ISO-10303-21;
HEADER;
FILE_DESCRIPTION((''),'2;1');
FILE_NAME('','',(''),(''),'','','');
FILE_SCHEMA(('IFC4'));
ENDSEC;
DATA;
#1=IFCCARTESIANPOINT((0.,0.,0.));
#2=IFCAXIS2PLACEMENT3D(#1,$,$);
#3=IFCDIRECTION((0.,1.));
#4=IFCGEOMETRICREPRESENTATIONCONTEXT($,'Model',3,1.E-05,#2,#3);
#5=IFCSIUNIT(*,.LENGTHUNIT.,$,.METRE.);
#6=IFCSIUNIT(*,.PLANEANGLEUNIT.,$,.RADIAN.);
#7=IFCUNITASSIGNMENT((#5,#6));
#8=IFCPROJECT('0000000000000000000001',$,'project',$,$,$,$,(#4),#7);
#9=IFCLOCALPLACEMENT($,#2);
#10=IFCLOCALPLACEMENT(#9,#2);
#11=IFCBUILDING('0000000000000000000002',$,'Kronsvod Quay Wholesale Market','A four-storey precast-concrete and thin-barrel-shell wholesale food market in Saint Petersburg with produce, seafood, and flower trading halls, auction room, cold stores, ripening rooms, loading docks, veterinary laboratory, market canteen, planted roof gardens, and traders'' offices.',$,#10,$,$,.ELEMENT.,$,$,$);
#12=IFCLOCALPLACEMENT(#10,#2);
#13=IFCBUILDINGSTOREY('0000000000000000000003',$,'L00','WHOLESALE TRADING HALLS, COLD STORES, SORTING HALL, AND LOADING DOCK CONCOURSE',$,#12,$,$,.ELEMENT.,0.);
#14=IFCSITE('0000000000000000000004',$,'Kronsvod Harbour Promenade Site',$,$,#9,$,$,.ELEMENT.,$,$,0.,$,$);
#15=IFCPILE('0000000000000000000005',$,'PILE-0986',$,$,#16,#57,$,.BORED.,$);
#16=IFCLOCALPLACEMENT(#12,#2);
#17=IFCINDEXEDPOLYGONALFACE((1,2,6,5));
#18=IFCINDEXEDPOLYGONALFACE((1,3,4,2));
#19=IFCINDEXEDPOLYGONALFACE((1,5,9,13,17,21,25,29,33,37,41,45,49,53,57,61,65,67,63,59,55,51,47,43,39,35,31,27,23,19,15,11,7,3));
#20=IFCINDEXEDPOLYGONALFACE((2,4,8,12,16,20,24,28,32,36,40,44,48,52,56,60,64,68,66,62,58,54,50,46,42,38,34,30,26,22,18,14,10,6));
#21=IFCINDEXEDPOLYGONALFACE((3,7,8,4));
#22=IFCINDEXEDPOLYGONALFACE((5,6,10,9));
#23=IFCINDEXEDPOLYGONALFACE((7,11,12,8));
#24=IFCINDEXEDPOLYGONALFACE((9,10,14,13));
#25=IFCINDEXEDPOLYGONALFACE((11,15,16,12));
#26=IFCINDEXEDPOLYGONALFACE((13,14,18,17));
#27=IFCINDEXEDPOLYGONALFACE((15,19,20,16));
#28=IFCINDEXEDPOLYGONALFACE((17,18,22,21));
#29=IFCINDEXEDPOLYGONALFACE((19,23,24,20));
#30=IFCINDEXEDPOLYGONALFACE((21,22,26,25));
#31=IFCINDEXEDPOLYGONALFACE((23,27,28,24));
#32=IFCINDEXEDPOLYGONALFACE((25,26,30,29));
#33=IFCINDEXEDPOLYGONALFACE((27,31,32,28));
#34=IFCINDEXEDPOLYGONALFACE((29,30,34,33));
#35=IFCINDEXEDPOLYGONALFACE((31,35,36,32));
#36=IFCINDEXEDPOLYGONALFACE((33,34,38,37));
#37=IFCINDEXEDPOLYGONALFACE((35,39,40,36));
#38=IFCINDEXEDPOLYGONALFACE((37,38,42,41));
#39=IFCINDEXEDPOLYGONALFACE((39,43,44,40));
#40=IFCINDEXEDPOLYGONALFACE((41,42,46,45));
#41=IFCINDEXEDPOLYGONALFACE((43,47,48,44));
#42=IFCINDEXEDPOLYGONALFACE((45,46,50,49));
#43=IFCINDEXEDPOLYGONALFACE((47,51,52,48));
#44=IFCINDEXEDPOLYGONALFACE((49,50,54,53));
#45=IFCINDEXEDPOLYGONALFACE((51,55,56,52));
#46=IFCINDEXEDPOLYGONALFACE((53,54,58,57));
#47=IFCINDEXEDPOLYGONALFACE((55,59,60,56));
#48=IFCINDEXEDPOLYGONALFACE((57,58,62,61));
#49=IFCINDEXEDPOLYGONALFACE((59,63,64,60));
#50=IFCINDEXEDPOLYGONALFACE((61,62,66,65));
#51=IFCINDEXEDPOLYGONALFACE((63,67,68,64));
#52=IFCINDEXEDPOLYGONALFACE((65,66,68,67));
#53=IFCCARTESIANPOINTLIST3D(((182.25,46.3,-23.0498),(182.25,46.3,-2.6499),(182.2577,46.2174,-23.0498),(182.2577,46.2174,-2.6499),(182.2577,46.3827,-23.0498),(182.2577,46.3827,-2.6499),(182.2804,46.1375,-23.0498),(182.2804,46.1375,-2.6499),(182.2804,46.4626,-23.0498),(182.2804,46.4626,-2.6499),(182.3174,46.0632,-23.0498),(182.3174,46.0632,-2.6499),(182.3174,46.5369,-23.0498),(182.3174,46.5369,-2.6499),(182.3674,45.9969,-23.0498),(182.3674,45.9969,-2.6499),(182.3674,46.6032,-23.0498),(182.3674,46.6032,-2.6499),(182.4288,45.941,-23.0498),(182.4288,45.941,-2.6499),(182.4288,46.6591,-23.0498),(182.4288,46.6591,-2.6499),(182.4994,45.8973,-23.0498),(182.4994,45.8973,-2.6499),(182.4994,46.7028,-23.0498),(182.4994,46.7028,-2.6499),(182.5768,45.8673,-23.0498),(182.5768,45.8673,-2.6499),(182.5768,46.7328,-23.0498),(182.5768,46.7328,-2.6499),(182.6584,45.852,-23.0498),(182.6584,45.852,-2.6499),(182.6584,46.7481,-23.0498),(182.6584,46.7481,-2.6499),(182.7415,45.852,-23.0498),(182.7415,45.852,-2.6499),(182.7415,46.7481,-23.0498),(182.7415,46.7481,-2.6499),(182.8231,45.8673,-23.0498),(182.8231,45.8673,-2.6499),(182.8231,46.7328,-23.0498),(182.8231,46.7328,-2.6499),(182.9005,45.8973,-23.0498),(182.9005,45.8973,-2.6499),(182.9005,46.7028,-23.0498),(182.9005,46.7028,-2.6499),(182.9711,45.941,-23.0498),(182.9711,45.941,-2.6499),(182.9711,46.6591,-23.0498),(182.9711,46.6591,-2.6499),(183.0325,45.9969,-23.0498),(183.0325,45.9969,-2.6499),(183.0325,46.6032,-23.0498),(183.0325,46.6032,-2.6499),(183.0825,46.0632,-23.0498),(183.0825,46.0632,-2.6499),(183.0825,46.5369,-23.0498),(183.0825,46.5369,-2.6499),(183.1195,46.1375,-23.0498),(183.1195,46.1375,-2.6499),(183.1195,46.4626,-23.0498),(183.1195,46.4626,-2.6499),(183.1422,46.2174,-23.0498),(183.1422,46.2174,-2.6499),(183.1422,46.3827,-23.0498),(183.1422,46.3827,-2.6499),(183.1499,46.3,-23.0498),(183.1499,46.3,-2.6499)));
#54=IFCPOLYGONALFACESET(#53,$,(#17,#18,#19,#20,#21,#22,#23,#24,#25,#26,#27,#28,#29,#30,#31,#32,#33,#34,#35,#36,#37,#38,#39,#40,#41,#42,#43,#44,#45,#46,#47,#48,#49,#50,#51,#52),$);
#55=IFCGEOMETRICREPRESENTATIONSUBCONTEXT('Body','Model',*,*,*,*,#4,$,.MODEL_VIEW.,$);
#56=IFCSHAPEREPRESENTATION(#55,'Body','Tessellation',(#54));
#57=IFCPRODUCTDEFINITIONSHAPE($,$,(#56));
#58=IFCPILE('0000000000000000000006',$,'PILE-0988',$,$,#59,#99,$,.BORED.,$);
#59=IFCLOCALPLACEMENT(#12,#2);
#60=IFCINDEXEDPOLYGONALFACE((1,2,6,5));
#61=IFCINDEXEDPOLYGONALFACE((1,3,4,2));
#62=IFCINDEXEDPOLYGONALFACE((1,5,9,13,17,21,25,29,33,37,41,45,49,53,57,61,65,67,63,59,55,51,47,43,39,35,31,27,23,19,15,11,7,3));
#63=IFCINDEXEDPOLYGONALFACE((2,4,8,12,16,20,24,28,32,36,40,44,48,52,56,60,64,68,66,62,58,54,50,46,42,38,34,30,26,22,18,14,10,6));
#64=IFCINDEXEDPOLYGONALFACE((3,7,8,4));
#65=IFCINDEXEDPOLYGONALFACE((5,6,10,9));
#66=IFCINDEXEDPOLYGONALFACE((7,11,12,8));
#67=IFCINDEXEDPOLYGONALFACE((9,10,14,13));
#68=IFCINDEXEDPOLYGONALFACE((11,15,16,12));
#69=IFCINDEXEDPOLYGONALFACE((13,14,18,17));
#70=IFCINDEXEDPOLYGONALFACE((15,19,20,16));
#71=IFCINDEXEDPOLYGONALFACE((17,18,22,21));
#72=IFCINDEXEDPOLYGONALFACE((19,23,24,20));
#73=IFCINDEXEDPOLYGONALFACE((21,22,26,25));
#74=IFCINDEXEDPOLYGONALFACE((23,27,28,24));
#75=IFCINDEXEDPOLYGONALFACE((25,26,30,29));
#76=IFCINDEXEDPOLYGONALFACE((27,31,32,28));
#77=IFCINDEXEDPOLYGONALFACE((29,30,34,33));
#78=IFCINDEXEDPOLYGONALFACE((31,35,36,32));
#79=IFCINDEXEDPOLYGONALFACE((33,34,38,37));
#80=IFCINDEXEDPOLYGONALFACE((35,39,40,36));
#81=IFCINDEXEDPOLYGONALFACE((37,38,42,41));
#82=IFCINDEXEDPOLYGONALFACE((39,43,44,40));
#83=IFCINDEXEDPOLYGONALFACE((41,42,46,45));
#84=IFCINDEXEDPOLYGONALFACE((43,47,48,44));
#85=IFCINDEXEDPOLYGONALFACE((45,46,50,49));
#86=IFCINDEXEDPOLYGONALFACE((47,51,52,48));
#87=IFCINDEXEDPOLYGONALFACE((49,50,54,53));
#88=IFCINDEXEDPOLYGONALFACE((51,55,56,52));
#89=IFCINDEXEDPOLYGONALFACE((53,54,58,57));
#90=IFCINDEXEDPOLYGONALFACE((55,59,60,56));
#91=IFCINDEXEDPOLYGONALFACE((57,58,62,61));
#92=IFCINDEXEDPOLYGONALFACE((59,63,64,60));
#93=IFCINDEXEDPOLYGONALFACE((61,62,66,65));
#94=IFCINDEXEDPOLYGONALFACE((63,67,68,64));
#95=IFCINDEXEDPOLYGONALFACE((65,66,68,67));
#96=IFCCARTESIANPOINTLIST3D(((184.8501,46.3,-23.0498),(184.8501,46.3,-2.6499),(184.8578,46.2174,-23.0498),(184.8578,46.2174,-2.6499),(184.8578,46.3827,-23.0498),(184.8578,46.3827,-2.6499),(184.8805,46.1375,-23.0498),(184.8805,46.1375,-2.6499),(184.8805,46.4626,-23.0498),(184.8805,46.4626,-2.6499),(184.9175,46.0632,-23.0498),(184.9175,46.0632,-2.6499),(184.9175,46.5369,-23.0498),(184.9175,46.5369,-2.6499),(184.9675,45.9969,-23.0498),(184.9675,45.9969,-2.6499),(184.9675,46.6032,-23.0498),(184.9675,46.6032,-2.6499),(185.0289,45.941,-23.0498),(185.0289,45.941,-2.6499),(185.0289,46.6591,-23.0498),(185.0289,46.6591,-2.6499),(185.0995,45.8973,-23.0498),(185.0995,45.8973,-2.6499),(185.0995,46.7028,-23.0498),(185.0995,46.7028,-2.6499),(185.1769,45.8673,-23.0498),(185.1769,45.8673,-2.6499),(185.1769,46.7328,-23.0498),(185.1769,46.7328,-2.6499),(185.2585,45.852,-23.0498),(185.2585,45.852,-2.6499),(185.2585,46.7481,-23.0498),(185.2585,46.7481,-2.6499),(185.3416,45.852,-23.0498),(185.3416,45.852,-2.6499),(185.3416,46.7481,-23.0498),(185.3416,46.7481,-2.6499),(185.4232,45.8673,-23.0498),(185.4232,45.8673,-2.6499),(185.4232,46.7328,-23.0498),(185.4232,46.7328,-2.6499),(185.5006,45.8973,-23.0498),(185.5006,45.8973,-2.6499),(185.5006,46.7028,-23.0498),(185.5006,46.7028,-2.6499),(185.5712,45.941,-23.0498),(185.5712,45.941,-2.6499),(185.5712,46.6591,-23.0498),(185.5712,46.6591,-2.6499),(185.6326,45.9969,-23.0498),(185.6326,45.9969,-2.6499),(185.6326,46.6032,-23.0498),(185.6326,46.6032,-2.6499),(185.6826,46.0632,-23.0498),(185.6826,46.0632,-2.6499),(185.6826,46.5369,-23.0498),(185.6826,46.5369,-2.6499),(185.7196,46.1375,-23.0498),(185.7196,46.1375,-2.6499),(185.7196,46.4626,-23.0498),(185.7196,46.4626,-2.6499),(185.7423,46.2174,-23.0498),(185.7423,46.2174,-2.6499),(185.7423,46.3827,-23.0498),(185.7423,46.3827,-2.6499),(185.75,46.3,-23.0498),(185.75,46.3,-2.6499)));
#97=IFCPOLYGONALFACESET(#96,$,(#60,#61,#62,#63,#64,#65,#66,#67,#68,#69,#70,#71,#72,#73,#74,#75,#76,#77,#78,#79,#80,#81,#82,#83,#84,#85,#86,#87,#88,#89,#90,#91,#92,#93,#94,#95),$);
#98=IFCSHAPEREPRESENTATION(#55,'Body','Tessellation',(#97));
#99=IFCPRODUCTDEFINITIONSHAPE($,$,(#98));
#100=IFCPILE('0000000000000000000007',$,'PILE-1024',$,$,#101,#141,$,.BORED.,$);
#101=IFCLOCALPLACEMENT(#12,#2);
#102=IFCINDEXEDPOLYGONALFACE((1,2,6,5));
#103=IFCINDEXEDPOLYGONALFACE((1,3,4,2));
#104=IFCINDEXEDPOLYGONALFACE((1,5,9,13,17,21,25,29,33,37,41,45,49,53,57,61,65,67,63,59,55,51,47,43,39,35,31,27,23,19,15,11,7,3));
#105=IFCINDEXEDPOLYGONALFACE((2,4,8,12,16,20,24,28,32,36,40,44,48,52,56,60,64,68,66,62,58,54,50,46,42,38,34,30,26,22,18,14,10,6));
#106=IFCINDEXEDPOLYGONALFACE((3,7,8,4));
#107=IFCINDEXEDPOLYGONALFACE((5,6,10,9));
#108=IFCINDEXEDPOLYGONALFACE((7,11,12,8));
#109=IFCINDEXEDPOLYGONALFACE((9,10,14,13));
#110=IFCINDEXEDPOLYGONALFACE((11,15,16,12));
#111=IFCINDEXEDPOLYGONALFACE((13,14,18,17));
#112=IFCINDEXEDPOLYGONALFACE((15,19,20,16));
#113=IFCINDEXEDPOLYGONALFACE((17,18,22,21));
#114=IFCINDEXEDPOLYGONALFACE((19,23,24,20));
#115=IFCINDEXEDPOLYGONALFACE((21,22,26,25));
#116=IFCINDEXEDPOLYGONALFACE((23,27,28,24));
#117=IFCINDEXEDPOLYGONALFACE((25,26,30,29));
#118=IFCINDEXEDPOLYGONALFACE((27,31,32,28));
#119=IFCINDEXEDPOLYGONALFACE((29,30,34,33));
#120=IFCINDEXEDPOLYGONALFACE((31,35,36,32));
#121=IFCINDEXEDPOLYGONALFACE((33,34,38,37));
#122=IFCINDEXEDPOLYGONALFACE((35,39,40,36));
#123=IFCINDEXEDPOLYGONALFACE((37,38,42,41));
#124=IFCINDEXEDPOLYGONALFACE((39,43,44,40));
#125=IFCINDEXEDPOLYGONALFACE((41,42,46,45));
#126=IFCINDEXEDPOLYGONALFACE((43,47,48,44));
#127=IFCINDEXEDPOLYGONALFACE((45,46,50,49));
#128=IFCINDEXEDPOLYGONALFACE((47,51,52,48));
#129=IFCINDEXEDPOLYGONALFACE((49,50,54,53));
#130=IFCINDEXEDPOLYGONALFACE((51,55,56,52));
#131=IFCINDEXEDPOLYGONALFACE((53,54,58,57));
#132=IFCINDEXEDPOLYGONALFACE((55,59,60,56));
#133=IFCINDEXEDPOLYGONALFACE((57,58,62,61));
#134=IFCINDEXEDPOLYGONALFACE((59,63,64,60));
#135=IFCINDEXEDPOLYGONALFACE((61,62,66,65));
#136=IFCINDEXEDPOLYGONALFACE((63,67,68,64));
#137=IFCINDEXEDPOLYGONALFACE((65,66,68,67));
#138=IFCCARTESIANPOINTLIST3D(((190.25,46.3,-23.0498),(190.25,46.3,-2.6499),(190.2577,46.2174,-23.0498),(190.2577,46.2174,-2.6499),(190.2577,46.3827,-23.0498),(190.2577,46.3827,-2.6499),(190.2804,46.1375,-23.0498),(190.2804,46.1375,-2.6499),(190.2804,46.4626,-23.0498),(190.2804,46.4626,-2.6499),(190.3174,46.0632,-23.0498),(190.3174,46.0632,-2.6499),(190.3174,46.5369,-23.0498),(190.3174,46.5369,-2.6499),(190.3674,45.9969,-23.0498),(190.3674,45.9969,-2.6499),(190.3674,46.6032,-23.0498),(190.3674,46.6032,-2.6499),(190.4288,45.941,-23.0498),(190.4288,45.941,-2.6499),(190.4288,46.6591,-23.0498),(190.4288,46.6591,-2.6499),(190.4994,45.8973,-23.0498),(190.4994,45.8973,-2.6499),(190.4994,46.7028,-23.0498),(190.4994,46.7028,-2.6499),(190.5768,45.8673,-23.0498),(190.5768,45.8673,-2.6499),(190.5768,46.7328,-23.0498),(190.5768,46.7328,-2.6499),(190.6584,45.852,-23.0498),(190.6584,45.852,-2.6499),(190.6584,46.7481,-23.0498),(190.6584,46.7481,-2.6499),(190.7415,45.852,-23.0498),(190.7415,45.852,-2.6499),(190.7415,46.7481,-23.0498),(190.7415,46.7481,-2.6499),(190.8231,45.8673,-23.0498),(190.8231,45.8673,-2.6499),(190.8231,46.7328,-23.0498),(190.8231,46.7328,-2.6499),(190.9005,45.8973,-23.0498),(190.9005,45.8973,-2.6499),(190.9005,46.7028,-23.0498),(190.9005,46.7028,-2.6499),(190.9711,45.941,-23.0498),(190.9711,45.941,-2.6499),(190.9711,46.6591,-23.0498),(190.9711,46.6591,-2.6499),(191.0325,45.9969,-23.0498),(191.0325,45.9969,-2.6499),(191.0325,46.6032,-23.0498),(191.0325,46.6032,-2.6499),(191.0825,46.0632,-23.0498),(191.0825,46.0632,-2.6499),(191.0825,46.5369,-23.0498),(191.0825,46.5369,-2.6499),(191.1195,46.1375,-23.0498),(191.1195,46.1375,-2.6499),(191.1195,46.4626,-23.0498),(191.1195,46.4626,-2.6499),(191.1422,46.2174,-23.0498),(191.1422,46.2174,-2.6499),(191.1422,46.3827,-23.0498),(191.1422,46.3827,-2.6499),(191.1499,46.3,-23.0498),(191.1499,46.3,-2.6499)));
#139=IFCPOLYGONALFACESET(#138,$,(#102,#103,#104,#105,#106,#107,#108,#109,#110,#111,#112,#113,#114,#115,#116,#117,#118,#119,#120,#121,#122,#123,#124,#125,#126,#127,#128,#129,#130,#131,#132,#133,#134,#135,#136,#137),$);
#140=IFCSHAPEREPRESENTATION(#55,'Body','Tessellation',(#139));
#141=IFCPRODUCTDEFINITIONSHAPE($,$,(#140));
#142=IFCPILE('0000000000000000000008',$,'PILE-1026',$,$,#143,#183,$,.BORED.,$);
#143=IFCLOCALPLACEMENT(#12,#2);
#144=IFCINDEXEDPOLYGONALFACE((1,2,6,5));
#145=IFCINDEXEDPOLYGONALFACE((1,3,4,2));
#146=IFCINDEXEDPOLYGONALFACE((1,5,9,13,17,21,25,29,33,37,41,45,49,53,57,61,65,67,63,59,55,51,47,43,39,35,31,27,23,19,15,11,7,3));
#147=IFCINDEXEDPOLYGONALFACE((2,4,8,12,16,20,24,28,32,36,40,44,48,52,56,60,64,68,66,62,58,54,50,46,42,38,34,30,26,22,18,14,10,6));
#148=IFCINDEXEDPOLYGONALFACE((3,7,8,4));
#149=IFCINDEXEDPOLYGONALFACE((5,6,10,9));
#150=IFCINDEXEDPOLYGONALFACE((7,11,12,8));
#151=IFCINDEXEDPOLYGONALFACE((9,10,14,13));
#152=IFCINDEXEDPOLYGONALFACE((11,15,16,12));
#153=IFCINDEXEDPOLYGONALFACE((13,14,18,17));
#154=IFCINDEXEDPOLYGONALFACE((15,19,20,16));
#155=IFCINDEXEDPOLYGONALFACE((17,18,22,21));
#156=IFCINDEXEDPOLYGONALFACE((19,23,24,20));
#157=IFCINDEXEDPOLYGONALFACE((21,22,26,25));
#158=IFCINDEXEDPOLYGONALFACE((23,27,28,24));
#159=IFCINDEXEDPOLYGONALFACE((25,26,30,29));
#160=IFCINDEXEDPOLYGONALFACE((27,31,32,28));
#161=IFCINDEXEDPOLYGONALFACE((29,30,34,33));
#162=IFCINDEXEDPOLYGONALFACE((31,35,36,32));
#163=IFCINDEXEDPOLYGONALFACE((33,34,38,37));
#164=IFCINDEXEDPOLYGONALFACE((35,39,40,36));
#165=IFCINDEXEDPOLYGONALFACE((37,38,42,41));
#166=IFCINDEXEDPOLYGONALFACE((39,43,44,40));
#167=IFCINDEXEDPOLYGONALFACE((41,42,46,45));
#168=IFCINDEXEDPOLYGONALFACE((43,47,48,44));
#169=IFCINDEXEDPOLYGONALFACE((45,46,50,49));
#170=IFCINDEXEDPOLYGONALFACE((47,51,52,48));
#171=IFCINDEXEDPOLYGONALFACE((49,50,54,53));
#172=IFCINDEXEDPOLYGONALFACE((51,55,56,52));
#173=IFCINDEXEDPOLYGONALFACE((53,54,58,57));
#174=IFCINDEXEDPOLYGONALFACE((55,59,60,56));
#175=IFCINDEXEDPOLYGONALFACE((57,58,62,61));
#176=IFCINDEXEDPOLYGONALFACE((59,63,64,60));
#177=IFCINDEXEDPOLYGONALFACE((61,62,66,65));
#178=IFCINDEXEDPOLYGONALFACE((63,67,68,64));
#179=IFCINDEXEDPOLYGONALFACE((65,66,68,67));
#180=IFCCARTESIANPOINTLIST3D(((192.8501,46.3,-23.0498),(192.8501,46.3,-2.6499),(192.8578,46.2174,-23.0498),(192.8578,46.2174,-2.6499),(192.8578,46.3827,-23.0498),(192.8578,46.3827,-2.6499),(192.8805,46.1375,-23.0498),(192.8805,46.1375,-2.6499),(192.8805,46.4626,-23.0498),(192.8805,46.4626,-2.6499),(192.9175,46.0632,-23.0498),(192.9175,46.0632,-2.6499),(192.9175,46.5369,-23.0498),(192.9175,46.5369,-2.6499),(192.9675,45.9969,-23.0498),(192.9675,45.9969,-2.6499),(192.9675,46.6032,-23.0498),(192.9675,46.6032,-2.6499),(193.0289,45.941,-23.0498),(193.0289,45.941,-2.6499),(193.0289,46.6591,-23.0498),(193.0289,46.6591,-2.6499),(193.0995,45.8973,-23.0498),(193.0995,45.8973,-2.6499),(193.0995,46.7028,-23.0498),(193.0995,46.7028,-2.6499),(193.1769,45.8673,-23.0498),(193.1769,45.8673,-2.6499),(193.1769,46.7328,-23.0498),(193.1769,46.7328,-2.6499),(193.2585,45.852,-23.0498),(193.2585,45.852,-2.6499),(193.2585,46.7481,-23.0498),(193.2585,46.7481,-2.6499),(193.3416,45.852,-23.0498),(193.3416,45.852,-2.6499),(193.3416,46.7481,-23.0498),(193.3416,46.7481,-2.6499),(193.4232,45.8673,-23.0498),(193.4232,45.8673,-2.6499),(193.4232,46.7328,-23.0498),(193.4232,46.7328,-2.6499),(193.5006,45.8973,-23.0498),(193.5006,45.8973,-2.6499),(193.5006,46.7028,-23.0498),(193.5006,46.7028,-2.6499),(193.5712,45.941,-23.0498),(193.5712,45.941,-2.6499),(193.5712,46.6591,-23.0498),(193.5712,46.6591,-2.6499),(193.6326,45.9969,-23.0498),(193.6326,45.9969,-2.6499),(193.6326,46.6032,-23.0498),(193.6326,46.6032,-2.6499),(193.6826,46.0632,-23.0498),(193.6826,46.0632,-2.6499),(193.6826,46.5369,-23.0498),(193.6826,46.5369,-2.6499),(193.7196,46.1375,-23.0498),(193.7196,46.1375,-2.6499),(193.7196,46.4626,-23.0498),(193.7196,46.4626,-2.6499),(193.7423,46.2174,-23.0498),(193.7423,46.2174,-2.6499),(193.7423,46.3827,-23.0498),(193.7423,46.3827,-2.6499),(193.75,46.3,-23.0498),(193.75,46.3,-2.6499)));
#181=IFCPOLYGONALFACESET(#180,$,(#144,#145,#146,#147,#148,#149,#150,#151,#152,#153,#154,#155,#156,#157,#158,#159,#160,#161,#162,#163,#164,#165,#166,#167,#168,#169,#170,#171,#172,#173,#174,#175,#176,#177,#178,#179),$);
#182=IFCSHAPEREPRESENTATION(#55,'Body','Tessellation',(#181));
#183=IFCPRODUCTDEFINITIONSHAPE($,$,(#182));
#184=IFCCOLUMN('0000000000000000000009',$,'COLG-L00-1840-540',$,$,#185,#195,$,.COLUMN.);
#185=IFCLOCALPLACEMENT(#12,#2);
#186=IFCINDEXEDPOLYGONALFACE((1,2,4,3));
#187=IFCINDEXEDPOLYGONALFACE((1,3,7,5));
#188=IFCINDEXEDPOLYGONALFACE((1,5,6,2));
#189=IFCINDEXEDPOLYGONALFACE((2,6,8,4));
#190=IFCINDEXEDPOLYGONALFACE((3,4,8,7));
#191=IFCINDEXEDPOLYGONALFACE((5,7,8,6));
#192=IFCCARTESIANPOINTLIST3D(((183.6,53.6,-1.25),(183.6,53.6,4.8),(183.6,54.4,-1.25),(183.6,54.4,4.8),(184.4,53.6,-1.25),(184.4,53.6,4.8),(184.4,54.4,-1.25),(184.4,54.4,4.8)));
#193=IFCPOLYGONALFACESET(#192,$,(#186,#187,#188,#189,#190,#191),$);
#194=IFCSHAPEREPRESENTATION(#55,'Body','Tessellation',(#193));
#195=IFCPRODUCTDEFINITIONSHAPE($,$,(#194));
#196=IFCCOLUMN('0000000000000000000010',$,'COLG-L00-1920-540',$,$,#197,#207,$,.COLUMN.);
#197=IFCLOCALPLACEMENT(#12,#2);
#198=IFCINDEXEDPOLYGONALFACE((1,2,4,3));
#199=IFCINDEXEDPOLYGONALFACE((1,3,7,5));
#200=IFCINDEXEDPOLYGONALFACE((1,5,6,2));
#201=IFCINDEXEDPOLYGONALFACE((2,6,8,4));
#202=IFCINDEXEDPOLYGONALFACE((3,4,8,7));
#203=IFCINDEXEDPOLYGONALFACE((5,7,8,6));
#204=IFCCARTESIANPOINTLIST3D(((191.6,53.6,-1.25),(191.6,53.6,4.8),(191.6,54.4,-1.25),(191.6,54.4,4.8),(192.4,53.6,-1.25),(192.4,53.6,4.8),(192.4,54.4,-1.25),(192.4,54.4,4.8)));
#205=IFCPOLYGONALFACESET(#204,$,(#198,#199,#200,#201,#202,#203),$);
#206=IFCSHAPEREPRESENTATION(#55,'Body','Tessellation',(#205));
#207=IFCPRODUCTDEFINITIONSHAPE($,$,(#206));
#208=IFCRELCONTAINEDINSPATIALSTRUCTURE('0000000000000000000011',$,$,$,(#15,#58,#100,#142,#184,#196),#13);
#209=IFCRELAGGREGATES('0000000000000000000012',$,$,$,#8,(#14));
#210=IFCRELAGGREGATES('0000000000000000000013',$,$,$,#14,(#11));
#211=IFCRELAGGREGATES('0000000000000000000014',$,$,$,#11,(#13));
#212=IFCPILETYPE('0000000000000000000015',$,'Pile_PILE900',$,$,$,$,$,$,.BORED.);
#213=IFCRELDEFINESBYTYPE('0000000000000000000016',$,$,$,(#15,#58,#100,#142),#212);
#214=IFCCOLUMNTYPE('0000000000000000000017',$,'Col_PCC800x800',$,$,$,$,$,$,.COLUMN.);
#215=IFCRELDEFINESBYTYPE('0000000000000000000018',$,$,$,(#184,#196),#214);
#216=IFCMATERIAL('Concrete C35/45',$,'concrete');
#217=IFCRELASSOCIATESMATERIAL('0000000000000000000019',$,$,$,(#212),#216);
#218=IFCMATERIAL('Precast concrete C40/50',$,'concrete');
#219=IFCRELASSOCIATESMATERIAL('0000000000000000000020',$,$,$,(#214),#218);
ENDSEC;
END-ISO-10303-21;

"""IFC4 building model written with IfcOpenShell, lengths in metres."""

from ifc_helpers import new_model, si_unit, direction, frame, origin, origin_2d, place, context, subcontext, project, spatial, rectangle, circle, extrude, material, material_profile, profile_set, type_object, element, save


model = new_model("IFC4")

# Units and contexts
model_context = context("Model", 3, precision=1e-05, world=origin(), true_north=direction((0.0, 1.0)))
body_context = subcontext(model_context, "Body", "Model", "MODEL_VIEW")
ifc_project = project(units=[si_unit("LENGTHUNIT", "METRE"), si_unit("PLANEANGLEUNIT", "RADIAN")], contexts=[model_context])

# Site, building, storey
site_placement = place(None, origin())
site = spatial("IfcSite", under=ifc_project, at=site_placement, Name="Kronsvod Harbour Promenade Site", CompositionType="ELEMENT", RefElevation=0.0)
building_placement = place(site_placement, origin())
building = spatial("IfcBuilding", under=site, at=building_placement, Name="Kronsvod Quay Wholesale Market", Description="A four-storey precast-concrete and thin-barrel-shell wholesale food market in Saint Petersburg with produce, seafood, and flower trading halls, auction room, cold stores, ripening rooms, loading docks, veterinary laboratory, market canteen, planted roof gardens, and traders' offices.", CompositionType="ELEMENT")
storey_placement = place(building_placement, origin())
storey = spatial("IfcBuildingStorey", under=building, at=storey_placement, Name="L00", Description="WHOLESALE TRADING HALLS, COLD STORES, SORTING HALL, AND LOADING DOCK CONCOURSE", CompositionType="ELEMENT", Elevation=0.0)

# Piles
ifc_material_1 = material(Name="Concrete C35/45", Category="concrete")
ifc_material_profile_1 = material_profile(ifc_material_1, circle(Radius=0.45, at=origin_2d()), Name="PILE900")
ifc_profile_set_1 = profile_set([ifc_material_profile_1], Name="Concrete C35/45")
pile_type_1 = type_object("IfcPileType", Name="Pile_PILE900", PredefinedType="BORED", material=ifc_profile_set_1)
for number, where, z_axis, x_axis, name in (
    (1, (182.7, 46.3, -2.6499), (0.0, 0.0, -1.0), (1.0, 0.0, 0.0), "PILE-0986"),
    (2, (185.3, 46.3, -2.6499), (0.0, 0.0, -1.0), (1.0, 0.0, 0.0), "PILE-0988"),
    (3, (190.7, 46.3, -2.6499), (0.0, 0.0, -1.0), (1.0, 0.0, 0.0), "PILE-1024"),
    (4, (193.3, 46.3, -2.6499), (0.0, 0.0, -1.0), (1.0, 0.0, 0.0), "PILE-1026"),
):
    element("IfcPile", number, at=place(storey_placement, frame(where, z_axis=z_axis, x_axis=x_axis)), inside=storey, type_object=pile_type_1, Name=name, PredefinedType="BORED", context=body_context, shape_type="SweptSolid", body=[
        extrude(circle(Radius=0.45, at=origin_2d()), origin(), (0.0, 0.0, 1.0), 20.3999),
    ])

# Columns
ifc_material_2 = material(Name="Precast concrete C40/50", Category="concrete")
ifc_material_profile_2 = material_profile(ifc_material_2, rectangle(XDim=0.8, YDim=0.8, at=origin_2d()), Name="PCC800x800")
ifc_profile_set_2 = profile_set([ifc_material_profile_2], Name="Precast concrete C40/50")
column_type = type_object("IfcColumnType", Name="Col_PCC800x800", PredefinedType="COLUMN", material=ifc_profile_set_2)
for number, where, z_axis, x_axis, name in (
    (5, (184.0, 54.0, -1.25), (0.0, 0.0, 1.0), (1.0, 0.0, 0.0), "COLG-L00-1840-540"),
    (6, (192.0, 54.0, -1.25), (0.0, 0.0, 1.0), (1.0, 0.0, 0.0), "COLG-L00-1920-540"),
):
    element("IfcColumn", number, at=place(storey_placement, frame(where, z_axis=z_axis, x_axis=x_axis)), inside=storey, type_object=column_type, Name=name, PredefinedType="COLUMN", context=body_context, shape_type="SweptSolid", body=[
        extrude(rectangle(XDim=0.8, YDim=0.8, at=origin_2d()), origin(), (0.0, 0.0, 1.0), 6.05),
    ])

save(model, "model.ifc")
